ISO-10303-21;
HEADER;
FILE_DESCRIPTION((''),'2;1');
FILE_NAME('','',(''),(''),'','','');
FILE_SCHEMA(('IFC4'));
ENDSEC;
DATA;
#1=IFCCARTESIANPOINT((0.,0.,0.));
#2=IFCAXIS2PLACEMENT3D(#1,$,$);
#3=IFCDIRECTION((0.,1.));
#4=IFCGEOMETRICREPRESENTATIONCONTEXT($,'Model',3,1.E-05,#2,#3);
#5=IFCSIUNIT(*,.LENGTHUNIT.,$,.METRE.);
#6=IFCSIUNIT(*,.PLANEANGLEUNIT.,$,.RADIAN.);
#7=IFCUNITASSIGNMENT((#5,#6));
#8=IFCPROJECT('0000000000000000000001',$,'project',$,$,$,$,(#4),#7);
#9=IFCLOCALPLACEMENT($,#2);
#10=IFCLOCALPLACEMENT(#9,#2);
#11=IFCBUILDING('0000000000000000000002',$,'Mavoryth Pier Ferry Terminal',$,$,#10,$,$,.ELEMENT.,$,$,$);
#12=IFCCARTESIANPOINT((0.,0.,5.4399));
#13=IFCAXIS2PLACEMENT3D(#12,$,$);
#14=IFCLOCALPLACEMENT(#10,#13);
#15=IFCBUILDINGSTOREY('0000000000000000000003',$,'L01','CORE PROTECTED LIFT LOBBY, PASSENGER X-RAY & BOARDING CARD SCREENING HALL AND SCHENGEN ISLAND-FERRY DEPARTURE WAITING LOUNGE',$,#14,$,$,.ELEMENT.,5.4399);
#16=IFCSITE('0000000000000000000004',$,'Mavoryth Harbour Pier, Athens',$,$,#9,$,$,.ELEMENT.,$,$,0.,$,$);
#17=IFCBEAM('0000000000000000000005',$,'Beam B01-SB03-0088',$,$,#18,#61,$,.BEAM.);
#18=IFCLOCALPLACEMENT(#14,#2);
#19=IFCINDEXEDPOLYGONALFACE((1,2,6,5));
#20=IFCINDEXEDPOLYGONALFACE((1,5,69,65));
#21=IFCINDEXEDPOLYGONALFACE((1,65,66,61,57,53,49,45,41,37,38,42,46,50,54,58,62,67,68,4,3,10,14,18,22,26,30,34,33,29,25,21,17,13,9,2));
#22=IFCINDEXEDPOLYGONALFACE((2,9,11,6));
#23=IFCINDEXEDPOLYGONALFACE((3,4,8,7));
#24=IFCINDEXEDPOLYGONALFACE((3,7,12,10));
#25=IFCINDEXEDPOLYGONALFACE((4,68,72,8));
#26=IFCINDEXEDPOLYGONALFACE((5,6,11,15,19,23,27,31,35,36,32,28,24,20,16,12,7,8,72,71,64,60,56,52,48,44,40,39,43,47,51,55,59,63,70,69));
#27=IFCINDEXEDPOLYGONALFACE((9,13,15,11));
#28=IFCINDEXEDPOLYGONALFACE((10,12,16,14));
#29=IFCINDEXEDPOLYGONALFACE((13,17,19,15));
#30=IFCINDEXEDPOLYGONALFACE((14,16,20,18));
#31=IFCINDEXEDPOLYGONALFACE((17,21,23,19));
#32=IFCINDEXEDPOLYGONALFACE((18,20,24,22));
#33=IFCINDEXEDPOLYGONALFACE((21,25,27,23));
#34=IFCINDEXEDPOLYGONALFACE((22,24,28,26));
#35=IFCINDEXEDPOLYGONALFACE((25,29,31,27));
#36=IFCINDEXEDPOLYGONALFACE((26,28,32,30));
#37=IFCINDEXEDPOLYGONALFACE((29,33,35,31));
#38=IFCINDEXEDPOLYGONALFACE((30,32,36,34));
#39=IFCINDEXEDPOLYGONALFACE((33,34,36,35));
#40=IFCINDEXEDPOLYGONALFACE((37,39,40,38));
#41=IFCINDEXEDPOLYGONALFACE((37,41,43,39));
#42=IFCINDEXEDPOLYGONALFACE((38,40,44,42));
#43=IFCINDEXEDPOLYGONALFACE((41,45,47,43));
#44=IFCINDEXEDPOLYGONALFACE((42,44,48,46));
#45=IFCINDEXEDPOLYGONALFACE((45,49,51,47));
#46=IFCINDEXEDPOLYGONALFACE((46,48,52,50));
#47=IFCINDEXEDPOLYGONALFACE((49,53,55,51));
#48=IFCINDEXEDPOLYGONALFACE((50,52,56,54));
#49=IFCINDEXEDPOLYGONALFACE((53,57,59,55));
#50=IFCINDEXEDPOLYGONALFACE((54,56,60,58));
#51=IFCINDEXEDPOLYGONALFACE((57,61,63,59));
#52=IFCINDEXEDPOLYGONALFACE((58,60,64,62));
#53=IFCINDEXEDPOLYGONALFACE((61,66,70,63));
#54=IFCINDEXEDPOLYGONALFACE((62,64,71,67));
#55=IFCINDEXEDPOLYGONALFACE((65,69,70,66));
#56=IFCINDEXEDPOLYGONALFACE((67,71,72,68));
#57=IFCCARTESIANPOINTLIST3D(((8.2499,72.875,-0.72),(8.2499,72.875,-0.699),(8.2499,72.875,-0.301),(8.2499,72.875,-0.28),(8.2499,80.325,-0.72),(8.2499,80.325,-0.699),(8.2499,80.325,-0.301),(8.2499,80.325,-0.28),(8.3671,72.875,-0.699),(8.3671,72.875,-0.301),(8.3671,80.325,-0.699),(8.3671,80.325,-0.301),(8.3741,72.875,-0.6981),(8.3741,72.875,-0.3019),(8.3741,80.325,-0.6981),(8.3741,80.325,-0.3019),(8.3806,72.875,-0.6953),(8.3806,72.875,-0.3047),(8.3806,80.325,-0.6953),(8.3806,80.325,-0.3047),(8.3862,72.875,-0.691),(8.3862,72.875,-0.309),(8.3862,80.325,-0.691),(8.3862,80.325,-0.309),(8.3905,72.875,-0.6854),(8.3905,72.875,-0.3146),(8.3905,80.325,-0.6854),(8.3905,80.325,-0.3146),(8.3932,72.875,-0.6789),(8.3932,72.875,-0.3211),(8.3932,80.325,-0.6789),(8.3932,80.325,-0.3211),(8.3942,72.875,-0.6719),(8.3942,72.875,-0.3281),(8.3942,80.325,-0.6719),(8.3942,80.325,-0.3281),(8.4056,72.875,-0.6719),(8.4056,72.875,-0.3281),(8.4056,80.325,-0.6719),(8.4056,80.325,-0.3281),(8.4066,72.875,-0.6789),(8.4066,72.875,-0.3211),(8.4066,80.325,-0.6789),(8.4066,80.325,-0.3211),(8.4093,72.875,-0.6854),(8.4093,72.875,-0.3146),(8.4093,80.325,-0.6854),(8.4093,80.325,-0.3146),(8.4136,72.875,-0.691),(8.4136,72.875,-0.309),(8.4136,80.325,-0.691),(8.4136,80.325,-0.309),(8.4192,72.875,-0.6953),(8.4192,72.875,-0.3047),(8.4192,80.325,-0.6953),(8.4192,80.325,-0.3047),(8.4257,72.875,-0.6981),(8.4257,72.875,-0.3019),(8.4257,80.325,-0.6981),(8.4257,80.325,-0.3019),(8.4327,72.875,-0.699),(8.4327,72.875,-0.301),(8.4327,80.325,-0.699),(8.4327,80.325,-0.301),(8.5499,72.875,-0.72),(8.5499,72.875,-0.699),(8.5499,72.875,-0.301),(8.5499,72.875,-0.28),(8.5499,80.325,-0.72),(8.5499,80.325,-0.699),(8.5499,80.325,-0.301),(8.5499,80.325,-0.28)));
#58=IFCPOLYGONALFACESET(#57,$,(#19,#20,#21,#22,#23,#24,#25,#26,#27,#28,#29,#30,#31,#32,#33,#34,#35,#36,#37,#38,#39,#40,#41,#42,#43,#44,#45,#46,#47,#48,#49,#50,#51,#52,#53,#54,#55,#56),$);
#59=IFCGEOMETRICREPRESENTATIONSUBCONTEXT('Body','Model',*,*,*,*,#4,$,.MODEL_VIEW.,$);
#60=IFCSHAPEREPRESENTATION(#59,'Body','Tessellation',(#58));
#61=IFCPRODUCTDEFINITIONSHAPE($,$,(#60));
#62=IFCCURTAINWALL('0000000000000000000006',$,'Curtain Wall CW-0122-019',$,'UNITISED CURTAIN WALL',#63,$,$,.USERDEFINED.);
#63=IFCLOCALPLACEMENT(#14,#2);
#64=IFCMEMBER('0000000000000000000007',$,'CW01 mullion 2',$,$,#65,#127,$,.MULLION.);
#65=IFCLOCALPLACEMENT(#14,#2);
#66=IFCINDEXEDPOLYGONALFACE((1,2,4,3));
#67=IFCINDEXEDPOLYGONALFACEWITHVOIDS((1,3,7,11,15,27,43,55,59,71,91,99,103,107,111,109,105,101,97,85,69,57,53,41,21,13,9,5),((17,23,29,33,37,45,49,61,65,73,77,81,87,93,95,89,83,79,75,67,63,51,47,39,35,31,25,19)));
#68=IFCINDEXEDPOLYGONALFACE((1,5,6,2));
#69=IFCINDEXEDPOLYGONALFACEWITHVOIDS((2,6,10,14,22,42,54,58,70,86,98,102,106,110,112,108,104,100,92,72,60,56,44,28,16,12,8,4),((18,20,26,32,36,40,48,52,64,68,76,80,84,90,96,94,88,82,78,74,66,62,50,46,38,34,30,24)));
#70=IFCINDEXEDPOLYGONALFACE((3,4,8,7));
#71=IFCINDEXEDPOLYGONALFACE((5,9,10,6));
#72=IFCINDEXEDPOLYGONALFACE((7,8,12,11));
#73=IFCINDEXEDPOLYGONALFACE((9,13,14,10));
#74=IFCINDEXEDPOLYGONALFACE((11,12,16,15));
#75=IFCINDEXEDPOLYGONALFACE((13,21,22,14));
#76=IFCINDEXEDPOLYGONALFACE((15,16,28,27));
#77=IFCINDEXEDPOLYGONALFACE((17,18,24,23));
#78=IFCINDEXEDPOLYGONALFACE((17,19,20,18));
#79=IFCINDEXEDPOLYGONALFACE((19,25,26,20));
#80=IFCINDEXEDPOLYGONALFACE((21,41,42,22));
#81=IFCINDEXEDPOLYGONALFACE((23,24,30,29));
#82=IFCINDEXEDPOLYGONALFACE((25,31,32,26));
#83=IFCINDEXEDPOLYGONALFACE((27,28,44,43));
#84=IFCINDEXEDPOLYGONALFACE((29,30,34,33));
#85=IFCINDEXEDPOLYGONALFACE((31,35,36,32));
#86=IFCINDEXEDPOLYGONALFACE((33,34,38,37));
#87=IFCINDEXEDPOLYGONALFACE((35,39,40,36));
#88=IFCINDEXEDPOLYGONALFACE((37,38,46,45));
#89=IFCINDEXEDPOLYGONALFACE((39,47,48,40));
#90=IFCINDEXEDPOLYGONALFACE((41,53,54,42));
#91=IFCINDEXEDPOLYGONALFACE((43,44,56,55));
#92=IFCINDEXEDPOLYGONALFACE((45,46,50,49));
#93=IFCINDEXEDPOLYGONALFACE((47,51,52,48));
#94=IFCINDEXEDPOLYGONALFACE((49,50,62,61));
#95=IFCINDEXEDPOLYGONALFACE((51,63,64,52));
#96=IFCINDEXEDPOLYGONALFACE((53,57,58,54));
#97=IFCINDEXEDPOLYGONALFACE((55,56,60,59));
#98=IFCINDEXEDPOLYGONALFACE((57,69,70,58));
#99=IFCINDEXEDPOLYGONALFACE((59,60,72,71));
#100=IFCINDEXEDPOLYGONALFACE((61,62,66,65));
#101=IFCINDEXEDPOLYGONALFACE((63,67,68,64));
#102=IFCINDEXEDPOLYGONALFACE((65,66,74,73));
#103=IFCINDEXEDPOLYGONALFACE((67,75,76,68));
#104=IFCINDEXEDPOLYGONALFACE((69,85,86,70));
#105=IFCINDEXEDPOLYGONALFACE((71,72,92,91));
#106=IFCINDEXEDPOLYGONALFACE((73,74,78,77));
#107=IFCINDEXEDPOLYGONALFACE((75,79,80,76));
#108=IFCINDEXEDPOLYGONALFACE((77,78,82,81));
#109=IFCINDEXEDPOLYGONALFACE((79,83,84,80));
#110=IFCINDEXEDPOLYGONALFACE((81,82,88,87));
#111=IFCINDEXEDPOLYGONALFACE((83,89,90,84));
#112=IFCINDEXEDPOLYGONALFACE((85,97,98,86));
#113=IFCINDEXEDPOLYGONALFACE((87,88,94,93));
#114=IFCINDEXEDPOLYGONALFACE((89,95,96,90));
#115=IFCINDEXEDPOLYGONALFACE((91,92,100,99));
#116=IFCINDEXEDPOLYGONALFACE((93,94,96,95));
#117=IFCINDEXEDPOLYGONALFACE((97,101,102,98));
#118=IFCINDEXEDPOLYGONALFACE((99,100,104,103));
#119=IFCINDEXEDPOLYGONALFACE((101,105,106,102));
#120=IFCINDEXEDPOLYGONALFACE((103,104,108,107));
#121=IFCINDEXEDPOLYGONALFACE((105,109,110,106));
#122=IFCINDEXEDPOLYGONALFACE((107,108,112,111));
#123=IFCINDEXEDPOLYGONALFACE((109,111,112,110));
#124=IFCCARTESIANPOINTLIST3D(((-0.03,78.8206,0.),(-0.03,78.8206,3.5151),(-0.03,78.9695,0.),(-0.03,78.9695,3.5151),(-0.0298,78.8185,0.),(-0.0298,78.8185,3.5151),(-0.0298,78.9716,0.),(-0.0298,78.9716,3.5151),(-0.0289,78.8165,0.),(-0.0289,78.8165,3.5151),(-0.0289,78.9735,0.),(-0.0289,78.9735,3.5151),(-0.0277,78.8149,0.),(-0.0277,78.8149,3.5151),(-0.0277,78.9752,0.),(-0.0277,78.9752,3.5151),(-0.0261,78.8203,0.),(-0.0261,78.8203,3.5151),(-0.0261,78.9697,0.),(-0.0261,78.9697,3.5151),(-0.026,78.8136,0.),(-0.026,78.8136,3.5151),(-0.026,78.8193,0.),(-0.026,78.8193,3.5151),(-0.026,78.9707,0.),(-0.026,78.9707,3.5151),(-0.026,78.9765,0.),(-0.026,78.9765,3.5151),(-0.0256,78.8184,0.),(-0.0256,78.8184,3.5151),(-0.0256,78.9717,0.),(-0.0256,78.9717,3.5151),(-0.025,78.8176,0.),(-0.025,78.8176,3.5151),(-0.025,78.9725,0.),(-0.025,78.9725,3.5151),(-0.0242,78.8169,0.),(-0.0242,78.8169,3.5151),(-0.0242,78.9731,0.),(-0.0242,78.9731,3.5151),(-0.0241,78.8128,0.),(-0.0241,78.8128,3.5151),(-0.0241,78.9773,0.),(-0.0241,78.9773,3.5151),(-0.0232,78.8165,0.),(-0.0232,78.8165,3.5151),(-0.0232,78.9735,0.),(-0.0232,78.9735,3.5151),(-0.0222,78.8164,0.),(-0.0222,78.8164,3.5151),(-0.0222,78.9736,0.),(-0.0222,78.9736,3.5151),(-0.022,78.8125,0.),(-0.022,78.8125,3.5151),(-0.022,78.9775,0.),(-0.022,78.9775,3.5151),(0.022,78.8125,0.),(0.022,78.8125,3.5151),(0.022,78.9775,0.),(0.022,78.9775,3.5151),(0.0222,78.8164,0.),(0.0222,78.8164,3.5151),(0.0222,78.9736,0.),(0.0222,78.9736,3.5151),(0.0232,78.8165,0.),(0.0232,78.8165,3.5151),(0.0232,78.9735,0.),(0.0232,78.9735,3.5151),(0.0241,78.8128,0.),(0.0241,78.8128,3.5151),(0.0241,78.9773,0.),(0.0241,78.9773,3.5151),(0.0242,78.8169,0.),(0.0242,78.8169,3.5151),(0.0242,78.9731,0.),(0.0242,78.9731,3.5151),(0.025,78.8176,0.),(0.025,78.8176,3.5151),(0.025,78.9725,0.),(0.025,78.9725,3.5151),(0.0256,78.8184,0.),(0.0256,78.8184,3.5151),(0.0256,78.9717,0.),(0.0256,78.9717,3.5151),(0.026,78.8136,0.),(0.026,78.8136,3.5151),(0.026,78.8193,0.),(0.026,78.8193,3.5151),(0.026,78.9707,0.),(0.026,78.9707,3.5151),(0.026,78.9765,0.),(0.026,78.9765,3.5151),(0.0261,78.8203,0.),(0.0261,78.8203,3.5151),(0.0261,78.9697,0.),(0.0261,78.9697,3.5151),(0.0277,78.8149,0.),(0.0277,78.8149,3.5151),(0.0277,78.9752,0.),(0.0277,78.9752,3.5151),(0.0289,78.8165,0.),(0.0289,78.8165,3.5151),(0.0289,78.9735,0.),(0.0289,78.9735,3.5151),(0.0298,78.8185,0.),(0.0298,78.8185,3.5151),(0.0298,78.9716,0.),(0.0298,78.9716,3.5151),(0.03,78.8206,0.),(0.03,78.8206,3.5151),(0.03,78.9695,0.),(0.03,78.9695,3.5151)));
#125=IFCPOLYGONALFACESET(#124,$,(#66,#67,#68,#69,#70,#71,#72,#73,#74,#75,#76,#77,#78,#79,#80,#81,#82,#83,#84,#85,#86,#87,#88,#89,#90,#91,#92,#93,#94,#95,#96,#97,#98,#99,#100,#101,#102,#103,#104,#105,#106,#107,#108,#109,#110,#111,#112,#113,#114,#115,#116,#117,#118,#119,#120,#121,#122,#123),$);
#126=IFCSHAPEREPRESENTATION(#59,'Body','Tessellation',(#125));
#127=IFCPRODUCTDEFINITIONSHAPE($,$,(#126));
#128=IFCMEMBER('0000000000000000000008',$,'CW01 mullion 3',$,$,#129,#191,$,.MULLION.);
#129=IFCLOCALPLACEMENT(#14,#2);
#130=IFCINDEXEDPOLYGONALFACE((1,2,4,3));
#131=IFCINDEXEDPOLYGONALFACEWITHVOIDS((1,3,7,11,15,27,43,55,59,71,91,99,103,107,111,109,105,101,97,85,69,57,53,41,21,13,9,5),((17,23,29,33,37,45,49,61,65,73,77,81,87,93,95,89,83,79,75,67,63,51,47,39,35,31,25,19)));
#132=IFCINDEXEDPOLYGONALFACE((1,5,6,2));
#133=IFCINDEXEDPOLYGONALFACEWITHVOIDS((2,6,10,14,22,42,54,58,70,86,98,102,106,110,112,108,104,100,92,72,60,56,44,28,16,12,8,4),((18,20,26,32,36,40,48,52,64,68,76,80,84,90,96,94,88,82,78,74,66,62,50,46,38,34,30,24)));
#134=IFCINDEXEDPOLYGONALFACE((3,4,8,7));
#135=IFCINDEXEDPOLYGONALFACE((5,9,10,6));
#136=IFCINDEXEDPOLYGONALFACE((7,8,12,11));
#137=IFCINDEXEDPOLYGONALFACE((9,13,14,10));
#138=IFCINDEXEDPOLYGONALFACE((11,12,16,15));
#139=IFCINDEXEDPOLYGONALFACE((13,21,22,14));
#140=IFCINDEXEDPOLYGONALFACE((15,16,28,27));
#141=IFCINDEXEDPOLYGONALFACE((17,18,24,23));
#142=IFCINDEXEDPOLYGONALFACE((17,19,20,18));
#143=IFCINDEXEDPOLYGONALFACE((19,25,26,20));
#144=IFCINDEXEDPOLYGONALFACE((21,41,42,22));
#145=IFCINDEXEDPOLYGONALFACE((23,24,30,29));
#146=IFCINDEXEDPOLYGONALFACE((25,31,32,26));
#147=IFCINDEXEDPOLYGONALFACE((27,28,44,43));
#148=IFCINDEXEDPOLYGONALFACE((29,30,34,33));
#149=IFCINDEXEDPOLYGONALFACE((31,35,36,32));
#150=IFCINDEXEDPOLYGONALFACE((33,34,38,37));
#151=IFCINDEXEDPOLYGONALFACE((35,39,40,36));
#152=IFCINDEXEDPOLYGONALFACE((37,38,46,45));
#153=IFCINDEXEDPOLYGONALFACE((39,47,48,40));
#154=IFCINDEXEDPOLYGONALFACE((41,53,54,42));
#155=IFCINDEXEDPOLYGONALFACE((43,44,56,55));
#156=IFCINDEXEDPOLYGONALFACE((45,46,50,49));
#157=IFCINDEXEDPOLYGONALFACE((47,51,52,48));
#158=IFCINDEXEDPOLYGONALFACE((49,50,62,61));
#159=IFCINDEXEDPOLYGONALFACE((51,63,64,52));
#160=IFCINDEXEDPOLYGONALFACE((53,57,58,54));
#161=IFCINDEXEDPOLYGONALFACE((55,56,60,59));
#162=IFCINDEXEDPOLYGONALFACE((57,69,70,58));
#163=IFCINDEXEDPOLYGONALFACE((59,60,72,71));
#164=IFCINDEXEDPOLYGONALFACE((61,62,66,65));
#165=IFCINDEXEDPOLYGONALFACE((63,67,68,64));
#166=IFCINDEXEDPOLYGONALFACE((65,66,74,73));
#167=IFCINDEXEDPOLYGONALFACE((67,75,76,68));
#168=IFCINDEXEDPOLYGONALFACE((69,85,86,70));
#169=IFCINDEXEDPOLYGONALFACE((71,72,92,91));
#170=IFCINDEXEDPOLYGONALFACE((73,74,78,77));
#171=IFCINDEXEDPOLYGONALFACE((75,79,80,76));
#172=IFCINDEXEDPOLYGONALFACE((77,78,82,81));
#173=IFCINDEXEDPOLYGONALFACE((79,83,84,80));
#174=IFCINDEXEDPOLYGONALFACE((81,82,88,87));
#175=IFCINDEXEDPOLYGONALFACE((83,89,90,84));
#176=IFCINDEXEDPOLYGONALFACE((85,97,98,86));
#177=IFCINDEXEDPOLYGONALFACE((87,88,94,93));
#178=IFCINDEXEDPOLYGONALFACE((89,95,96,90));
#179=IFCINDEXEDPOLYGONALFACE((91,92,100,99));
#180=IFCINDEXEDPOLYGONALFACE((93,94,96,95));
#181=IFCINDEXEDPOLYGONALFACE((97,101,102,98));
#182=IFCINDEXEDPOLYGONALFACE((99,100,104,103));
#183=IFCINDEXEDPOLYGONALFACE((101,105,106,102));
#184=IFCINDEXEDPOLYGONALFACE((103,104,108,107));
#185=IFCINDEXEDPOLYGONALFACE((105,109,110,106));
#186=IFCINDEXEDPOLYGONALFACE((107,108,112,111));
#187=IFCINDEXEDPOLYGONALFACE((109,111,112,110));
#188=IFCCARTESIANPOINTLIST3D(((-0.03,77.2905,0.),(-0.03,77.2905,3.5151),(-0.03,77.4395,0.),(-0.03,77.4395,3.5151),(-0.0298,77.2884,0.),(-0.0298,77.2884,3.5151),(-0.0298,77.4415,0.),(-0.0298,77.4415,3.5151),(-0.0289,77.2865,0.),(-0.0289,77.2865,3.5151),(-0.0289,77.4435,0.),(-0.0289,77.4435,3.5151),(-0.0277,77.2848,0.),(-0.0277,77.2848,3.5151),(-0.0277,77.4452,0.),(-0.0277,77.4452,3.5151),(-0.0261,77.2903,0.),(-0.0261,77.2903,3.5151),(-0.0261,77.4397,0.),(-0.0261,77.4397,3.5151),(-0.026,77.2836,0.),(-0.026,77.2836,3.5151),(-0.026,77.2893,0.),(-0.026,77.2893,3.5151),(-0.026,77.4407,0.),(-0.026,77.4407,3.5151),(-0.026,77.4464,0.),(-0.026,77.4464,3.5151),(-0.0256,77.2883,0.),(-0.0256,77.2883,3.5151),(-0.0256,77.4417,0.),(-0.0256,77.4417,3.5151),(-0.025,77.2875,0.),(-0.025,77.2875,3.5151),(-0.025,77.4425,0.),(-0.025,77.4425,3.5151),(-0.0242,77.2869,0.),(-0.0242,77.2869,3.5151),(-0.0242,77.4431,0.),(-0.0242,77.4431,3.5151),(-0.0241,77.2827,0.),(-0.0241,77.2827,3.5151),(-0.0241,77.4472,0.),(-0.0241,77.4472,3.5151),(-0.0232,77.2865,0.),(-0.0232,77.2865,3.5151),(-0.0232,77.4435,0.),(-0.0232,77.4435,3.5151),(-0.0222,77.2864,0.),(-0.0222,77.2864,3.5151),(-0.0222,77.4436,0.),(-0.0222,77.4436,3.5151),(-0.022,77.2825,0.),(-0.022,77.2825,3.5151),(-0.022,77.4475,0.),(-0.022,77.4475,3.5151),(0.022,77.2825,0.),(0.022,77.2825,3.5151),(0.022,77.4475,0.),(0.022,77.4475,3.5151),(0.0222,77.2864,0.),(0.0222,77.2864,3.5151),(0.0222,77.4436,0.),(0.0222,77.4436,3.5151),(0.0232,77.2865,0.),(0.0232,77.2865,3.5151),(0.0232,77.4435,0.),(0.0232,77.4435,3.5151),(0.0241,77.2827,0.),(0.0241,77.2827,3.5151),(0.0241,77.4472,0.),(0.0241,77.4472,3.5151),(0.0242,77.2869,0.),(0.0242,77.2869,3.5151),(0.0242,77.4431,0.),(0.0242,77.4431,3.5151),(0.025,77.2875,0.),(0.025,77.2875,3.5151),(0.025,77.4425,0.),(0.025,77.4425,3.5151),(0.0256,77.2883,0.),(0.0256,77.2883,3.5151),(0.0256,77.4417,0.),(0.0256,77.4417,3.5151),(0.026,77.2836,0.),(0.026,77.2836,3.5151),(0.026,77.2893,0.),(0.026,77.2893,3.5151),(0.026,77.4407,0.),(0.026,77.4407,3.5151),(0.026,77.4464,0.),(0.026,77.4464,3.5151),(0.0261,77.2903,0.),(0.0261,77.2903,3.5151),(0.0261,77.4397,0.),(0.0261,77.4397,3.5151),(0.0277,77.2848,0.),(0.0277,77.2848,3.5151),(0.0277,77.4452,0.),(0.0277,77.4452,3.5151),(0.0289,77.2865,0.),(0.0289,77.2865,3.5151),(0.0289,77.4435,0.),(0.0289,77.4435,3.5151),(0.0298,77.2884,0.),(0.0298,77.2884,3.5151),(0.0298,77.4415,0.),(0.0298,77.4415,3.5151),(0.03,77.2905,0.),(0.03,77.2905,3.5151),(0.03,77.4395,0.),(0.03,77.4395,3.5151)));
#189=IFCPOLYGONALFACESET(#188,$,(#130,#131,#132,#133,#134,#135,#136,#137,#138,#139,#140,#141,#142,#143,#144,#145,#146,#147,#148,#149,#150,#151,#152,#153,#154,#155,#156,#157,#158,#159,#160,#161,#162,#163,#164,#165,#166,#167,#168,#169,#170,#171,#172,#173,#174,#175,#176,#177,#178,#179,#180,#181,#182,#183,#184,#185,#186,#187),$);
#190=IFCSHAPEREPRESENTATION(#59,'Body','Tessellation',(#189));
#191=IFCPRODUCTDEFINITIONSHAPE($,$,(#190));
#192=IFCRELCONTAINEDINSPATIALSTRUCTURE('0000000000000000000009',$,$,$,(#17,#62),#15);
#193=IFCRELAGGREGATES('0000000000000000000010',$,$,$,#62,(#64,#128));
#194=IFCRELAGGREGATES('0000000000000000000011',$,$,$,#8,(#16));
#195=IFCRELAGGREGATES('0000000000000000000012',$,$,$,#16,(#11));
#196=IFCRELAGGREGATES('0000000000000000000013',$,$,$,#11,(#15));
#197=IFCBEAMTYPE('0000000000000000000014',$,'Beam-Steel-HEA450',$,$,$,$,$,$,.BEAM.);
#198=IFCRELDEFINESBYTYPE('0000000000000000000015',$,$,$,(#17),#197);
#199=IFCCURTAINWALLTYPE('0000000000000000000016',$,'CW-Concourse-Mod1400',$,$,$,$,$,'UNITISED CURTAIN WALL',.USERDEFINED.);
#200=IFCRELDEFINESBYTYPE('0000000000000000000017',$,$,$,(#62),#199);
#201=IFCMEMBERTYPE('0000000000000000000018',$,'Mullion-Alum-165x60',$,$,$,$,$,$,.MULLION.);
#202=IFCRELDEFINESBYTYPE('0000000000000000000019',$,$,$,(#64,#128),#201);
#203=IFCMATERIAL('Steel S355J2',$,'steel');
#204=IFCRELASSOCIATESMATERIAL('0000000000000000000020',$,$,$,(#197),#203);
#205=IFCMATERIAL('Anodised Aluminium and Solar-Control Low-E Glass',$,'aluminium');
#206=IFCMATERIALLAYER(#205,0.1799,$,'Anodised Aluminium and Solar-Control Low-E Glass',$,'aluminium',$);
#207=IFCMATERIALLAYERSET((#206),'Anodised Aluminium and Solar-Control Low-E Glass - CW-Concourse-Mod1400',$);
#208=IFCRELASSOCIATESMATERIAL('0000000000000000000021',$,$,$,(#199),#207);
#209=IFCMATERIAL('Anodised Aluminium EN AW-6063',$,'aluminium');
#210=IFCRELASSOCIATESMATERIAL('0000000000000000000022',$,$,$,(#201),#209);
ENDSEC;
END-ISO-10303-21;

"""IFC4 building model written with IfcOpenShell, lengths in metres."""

from ifc_helpers import new_model, si_unit, direction, frame, origin, origin_2d, place, context, subcontext, project, spatial, hollow_rectangle, i_section, extrude, material, layer, layer_set, material_profile, profile_set, type_object, element, aggregate, save


model = new_model("IFC4")

# Units and contexts
model_context = context("Model", 3, precision=1e-05, world=origin(), true_north=direction((0.0, 1.0)))
body_context = subcontext(model_context, "Body", "Model", "MODEL_VIEW")
ifc_project = project(units=[si_unit("LENGTHUNIT", "METRE"), si_unit("PLANEANGLEUNIT", "RADIAN")], contexts=[model_context])

# Site, building, storey
site_placement = place(None, origin())
site = spatial("IfcSite", under=ifc_project, at=site_placement, Name="Mavoryth Harbour Pier, Athens", CompositionType="ELEMENT", RefElevation=0.0)
building_placement = place(site_placement, origin())
building = spatial("IfcBuilding", under=site, at=building_placement, Name="Mavoryth Pier Ferry Terminal", CompositionType="ELEMENT")
storey_placement = place(building_placement, frame((0.0, 0.0, 5.4399)))
storey = spatial("IfcBuildingStorey", under=building, at=storey_placement, Name="L01", Description="CORE PROTECTED LIFT LOBBY, PASSENGER X-RAY & BOARDING CARD SCREENING HALL AND SCHENGEN ISLAND-FERRY DEPARTURE WAITING LOUNGE", CompositionType="ELEMENT", Elevation=5.4399)

# Beam
ifc_material_1 = material(Name="Steel S355J2", Category="steel")
ifc_material_profile_1 = material_profile(ifc_material_1, i_section(OverallWidth=0.3, OverallDepth=0.4399, WebThickness=0.0115, FlangeThickness=0.021, FilletRadius=0.0271, at=origin_2d()), Name="HEA 450", Category="steel")
ifc_profile_set_1 = profile_set([ifc_material_profile_1], Name="Steel S355J2 - HEA 450")
beam_type = type_object("IfcBeamType", Name="Beam-Steel-HEA450", PredefinedType="BEAM", material=ifc_profile_set_1)
beam_placement = place(storey_placement, frame((8.3999, 72.875, -0.5), z_axis=(0.0, 1.0, 0.0), x_axis=(-1.0, 0.0, 0.0)))
element("IfcBeam", 1, at=beam_placement, inside=storey, type_object=beam_type, Name="Beam B01-SB03-0088", PredefinedType="BEAM", context=body_context, shape_type="SweptSolid", body=[
    extrude(i_section(OverallWidth=0.3, OverallDepth=0.4399, WebThickness=0.0115, FlangeThickness=0.021, FilletRadius=0.0271, at=origin_2d()), origin(), (0.0, 0.0, 1.0), 7.45),
])

# Curtain wall, members
ifc_material_2 = material(Name="Anodised Aluminium and Solar-Control Low-E Glass", Category="aluminium")
ifc_layer_1 = layer(ifc_material_2, 0.1799, Name="Anodised Aluminium and Solar-Control Low-E Glass", Category="aluminium")
ifc_layer_set_1 = layer_set([ifc_layer_1], Name="Anodised Aluminium and Solar-Control Low-E Glass - CW-Concourse-Mod1400")
curtain_wall_type = type_object("IfcCurtainWallType", Name="CW-Concourse-Mod1400", ElementType="UNITISED CURTAIN WALL", PredefinedType="USERDEFINED", material=ifc_layer_set_1)
curtain_wall_placement = place(storey_placement, origin())
curtain_wall = element("IfcCurtainWall", 2, at=curtain_wall_placement, inside=storey, type_object=curtain_wall_type, Name="Curtain Wall CW-0122-019", ObjectType="UNITISED CURTAIN WALL", PredefinedType="USERDEFINED")
ifc_material_3 = material(Name="Anodised Aluminium EN AW-6063", Category="aluminium")
ifc_material_profile_2 = material_profile(ifc_material_3, hollow_rectangle(XDim=0.0601, YDim=0.165, WallThickness=0.0039, InnerFilletRadius=0.0039, OuterFilletRadius=0.0081, at=origin_2d()), Name="AL-MULL 165x60x4", Category="aluminium")
ifc_profile_set_2 = profile_set([ifc_material_profile_2], Name="Anodised Aluminium EN AW-6063 - AL-MULL 165x60x4")
member_type_1 = type_object("IfcMemberType", Name="Mullion-Alum-165x60", PredefinedType="MULLION", material=ifc_profile_set_2)
member_1_placement = place(storey_placement, frame((0.0, 78.895, 0.0), z_axis=(0.0, 0.0, 1.0), x_axis=(1.0, 0.0, 0.0)))
member_1 = element("IfcMember", 3, at=member_1_placement, type_object=member_type_1, Name="CW01 mullion 2", PredefinedType="MULLION", context=body_context, shape_type="SweptSolid", body=[
    extrude(hollow_rectangle(XDim=0.0601, YDim=0.165, WallThickness=0.0039, InnerFilletRadius=0.0039, OuterFilletRadius=0.0081, at=origin_2d()), origin(), (0.0, 0.0, 1.0), 3.5151),
])
member_2_placement = place(storey_placement, frame((0.0, 77.365, 0.0), z_axis=(0.0, 0.0, 1.0), x_axis=(1.0, 0.0, 0.0)))
member_2 = element("IfcMember", 4, at=member_2_placement, type_object=member_type_1, Name="CW01 mullion 3", PredefinedType="MULLION", context=body_context, shape_type="SweptSolid", body=[
    extrude(hollow_rectangle(XDim=0.0601, YDim=0.165, WallThickness=0.0039, InnerFilletRadius=0.0039, OuterFilletRadius=0.0081, at=origin_2d()), origin(), (0.0, 0.0, 1.0), 3.5151),
])
aggregate(curtain_wall, [member_1, member_2])

save(model, "model.ifc")
